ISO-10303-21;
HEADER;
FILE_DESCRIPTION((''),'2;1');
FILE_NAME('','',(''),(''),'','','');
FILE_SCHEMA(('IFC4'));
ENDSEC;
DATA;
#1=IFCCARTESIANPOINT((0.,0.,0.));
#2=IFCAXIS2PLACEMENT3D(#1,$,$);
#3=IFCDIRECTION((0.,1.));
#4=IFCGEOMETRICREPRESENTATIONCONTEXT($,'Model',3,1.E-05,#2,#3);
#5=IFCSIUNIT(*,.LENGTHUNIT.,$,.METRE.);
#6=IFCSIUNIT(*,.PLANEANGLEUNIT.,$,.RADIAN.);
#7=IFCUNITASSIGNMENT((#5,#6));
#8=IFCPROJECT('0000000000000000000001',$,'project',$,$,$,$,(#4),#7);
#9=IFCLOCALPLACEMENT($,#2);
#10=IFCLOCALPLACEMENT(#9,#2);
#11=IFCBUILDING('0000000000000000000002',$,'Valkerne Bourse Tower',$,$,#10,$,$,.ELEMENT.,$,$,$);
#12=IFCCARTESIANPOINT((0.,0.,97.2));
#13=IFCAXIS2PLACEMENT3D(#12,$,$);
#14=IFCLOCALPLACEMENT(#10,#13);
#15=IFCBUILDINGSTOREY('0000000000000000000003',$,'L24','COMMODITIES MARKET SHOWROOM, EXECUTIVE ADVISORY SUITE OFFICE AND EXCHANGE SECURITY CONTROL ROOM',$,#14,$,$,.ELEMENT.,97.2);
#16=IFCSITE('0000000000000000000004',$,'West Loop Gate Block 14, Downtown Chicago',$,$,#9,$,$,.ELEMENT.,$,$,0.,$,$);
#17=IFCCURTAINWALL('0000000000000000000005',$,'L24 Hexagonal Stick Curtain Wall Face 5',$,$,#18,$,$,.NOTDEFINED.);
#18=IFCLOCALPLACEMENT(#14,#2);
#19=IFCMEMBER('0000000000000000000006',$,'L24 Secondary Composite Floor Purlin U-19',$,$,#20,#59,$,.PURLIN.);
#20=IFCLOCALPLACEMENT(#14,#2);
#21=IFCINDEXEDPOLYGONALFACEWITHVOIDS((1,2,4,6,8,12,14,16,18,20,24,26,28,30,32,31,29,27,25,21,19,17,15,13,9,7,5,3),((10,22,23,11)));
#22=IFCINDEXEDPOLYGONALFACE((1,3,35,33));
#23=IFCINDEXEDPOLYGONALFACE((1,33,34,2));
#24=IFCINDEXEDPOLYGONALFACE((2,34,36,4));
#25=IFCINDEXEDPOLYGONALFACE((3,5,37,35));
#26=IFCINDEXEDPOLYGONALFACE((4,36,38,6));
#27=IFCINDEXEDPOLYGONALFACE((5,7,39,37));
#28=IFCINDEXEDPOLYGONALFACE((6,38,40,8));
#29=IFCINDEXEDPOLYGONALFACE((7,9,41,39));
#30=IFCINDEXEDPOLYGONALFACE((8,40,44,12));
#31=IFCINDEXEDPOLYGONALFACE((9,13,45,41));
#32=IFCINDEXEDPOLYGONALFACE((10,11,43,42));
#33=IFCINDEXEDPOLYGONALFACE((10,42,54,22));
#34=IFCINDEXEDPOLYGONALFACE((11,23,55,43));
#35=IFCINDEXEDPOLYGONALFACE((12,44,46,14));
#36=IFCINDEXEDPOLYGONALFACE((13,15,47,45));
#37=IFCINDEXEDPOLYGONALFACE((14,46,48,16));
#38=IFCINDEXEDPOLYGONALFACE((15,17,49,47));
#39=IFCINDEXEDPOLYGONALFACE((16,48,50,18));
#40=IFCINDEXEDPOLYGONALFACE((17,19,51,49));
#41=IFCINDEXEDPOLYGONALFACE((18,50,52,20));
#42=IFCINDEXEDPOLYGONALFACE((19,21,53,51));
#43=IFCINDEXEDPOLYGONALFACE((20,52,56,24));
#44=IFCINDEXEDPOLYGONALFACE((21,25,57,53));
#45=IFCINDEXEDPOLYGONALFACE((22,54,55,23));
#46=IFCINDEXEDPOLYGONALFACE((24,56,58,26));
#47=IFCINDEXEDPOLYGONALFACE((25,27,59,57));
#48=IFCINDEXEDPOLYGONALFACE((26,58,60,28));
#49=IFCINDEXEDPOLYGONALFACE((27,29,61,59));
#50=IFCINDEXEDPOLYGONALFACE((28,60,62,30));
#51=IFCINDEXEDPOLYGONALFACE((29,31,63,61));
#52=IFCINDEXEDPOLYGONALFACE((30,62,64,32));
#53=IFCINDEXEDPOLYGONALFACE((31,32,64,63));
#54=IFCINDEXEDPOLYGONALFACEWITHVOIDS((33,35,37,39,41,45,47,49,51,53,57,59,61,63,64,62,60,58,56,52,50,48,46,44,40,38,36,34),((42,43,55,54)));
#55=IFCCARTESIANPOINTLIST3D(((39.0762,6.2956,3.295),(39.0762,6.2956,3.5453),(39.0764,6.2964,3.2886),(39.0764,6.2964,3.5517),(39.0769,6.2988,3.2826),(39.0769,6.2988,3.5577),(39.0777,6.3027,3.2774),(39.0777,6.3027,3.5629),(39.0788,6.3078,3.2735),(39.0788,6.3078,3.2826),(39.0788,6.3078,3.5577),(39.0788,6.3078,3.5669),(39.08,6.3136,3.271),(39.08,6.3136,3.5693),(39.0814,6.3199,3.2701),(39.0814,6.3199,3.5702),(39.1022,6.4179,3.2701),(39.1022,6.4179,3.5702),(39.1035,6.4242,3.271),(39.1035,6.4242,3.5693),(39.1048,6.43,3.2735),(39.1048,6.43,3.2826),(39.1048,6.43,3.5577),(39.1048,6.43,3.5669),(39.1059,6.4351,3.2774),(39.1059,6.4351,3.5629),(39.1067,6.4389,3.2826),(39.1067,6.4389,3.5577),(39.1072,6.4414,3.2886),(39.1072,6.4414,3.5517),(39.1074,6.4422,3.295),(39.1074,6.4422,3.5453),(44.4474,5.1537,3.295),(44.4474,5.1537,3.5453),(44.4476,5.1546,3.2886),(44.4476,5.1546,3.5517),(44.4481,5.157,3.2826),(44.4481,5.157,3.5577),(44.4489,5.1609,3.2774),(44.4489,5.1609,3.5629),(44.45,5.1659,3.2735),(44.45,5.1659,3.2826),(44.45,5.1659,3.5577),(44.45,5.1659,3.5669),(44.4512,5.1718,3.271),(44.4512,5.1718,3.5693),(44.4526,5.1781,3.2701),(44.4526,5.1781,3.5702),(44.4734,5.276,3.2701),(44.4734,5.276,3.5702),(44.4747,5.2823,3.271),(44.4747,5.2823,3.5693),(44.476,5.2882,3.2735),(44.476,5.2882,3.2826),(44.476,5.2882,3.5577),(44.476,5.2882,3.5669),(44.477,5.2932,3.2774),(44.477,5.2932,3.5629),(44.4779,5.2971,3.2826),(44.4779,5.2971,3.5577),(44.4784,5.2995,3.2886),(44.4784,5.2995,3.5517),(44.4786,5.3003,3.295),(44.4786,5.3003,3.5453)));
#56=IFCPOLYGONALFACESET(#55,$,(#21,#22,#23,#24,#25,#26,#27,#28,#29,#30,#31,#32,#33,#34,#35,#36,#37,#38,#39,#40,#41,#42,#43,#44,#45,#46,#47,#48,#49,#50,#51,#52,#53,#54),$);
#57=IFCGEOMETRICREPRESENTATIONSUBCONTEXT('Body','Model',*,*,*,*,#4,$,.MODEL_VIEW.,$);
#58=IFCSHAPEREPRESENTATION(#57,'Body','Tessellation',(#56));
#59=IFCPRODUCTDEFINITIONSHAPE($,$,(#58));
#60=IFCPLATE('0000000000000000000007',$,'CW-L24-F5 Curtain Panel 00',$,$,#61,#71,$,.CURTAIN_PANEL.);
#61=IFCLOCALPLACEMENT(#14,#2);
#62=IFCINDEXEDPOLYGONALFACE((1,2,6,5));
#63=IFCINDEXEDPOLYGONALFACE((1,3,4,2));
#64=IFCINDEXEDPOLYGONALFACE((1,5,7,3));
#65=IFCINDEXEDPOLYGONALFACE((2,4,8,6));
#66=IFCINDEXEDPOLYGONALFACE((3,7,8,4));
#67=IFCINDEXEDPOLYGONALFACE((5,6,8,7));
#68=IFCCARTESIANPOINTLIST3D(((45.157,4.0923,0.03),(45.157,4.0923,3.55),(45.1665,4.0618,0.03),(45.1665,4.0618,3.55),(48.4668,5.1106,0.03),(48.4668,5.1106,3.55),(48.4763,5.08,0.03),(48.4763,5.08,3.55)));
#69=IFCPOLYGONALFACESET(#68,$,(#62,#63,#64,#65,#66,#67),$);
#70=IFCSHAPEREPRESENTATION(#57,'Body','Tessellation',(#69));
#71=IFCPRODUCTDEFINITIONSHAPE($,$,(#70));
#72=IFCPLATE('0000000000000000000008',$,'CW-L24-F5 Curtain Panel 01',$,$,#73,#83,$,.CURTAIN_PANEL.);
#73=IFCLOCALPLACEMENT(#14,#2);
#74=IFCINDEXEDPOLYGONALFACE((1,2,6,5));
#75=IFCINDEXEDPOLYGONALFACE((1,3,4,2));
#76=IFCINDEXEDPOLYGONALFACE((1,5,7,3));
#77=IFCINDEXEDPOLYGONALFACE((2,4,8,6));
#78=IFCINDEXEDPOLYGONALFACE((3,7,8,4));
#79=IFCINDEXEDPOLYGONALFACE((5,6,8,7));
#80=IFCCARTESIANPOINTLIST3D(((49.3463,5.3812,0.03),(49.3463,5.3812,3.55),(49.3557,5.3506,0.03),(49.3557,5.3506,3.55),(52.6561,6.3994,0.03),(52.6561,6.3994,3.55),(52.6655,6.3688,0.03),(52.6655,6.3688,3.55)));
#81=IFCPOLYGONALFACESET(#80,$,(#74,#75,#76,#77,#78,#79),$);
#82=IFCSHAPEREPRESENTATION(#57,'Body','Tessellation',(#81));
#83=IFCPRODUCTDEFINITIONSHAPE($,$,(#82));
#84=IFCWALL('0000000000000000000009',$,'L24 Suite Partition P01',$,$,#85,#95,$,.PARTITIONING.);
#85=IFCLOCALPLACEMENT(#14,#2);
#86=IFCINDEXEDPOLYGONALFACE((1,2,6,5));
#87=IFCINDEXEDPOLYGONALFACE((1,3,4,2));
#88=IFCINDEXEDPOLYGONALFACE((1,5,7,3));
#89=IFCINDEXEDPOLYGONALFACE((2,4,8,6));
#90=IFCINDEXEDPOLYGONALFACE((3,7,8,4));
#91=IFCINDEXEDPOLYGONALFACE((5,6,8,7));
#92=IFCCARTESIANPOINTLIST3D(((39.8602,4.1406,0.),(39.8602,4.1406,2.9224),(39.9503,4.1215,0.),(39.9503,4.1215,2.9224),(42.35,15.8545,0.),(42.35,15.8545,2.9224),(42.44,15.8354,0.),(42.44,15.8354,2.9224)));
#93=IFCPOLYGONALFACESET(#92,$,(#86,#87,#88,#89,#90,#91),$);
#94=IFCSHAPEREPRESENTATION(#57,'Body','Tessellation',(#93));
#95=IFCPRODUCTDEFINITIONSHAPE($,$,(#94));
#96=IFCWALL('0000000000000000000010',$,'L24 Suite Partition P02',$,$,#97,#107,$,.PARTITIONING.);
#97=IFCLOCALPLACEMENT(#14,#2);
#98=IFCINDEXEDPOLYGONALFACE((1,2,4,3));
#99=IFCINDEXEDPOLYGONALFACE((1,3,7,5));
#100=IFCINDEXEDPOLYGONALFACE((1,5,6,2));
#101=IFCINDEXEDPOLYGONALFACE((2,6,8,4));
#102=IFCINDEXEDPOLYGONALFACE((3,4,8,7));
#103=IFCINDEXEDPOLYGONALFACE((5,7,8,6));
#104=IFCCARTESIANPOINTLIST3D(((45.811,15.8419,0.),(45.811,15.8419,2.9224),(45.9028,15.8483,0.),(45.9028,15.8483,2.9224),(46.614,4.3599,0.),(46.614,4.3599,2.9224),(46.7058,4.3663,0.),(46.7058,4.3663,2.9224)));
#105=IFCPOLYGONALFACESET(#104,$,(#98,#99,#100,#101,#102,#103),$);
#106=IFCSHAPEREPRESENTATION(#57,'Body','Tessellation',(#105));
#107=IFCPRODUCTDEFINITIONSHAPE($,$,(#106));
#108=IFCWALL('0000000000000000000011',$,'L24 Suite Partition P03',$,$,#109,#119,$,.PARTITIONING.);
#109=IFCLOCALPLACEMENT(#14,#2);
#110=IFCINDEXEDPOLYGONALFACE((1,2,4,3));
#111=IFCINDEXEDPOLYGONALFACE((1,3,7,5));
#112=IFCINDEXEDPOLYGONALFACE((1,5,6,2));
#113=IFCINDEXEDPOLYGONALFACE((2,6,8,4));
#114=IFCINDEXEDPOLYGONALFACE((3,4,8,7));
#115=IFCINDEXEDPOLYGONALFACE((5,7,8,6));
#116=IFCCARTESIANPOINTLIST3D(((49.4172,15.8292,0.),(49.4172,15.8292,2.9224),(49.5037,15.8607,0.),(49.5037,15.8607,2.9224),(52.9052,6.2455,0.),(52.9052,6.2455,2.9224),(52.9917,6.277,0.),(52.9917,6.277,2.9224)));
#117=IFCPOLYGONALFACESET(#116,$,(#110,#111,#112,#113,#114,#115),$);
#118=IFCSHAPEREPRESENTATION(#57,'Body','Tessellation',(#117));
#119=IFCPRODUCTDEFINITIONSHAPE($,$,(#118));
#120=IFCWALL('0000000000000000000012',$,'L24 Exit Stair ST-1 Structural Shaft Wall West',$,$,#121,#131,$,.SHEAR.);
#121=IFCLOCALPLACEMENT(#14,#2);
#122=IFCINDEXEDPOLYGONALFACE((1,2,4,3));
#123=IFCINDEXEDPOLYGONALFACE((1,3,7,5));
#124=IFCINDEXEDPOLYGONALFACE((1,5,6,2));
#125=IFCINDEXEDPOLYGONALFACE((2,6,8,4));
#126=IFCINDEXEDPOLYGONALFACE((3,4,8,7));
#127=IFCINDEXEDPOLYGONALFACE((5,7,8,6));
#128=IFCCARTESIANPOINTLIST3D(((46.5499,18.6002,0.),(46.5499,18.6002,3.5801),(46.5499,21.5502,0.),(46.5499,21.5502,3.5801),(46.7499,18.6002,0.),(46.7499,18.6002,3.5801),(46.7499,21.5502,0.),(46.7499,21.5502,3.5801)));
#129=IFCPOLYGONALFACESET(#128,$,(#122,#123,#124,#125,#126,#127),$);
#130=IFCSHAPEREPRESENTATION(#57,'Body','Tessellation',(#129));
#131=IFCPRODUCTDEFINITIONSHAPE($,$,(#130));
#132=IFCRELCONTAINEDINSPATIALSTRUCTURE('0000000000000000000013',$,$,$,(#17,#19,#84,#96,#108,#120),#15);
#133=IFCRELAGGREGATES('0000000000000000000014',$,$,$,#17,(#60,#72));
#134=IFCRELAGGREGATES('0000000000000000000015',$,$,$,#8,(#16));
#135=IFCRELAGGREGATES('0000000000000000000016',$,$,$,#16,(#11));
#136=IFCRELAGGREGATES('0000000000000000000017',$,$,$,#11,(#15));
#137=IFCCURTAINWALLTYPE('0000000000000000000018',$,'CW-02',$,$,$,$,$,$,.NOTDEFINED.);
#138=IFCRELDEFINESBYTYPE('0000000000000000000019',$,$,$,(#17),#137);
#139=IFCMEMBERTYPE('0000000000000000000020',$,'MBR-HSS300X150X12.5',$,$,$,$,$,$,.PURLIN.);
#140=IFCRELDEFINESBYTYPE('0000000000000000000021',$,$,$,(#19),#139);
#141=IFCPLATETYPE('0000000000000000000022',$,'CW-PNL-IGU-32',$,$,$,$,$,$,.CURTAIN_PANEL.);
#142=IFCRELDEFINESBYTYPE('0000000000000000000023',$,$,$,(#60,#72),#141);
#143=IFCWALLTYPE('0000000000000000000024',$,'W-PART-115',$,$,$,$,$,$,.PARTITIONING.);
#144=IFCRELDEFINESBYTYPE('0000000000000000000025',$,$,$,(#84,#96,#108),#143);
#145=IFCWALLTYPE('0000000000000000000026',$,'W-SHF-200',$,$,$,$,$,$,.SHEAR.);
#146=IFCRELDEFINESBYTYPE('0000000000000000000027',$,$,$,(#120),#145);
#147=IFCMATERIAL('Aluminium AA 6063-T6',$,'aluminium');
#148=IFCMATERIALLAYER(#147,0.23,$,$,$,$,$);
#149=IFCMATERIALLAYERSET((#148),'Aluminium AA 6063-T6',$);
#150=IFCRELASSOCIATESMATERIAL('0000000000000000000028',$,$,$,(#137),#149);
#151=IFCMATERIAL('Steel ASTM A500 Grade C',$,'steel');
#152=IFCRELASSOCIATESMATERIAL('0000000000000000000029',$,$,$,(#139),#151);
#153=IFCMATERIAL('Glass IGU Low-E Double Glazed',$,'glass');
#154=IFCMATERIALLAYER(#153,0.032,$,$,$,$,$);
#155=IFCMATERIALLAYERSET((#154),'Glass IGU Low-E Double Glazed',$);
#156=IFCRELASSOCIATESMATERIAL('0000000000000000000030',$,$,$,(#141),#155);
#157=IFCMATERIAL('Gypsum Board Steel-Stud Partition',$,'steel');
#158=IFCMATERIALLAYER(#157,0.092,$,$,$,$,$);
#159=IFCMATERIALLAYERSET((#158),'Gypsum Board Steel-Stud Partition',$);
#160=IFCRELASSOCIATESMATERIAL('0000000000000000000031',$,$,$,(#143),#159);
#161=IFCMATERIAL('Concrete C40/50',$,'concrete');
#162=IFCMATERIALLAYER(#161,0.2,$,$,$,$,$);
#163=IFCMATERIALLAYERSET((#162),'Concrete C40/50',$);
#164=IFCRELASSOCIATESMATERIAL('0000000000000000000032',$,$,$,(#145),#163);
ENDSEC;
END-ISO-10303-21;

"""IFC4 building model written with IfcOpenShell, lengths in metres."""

from ifc_helpers import new_model, si_unit, direction, frame, frame_2d, origin, origin_2d, place, context, subcontext, project, spatial, rectangle, hollow_rectangle, extrude, material, layer, layer_set, material_profile, profile_set, type_object, element, aggregate, save


model = new_model("IFC4")

# Units and contexts
model_context = context("Model", 3, precision=1e-05, world=origin(), true_north=direction((0.0, 1.0)))
body_context = subcontext(model_context, "Body", "Model", "MODEL_VIEW")
ifc_project = project(units=[si_unit("LENGTHUNIT", "METRE"), si_unit("PLANEANGLEUNIT", "RADIAN")], contexts=[model_context])

# Site, building, storey
site_placement = place(None, origin())
site = spatial("IfcSite", under=ifc_project, at=site_placement, Name="West Loop Gate Block 14, Downtown Chicago", CompositionType="ELEMENT", RefElevation=0.0)
building_placement = place(site_placement, origin())
building = spatial("IfcBuilding", under=site, at=building_placement, Name="Valkerne Bourse Tower", CompositionType="ELEMENT")
storey_placement = place(building_placement, frame((0.0, 0.0, 97.2)))
storey = spatial("IfcBuildingStorey", under=building, at=storey_placement, Name="L24", Description="COMMODITIES MARKET SHOWROOM, EXECUTIVE ADVISORY SUITE OFFICE AND EXCHANGE SECURITY CONTROL ROOM", CompositionType="ELEMENT", Elevation=97.2)

# Curtain wall
ifc_material_1 = material(Name="Aluminium AA 6063-T6", Category="aluminium")
ifc_layer_1 = layer(ifc_material_1, 0.23)
ifc_layer_set_1 = layer_set([ifc_layer_1], Name="Aluminium AA 6063-T6")
curtain_wall_type = type_object("IfcCurtainWallType", Name="CW-02", PredefinedType="NOTDEFINED", material=ifc_layer_set_1)
curtain_wall_placement = place(storey_placement, origin())
curtain_wall = element("IfcCurtainWall", 1, at=curtain_wall_placement, inside=storey, type_object=curtain_wall_type, Name="L24 Hexagonal Stick Curtain Wall Face 5", PredefinedType="NOTDEFINED")

# Member
ifc_material_2 = material(Name="Steel ASTM A500 Grade C", Category="steel")
ifc_material_profile_1 = material_profile(ifc_material_2, hollow_rectangle(XDim=0.1499, YDim=0.3, WallThickness=0.0125, OuterFilletRadius=0.0249, at=origin_2d()), Name="HSS300X150X12.5")
ifc_profile_set_1 = profile_set([ifc_material_profile_1], Name="Steel ASTM A500 Grade C")
member_type_1 = type_object("IfcMemberType", Name="MBR-HSS300X150X12.5", PredefinedType="PURLIN", material=ifc_profile_set_1)
member_1_placement = place(storey_placement, frame((39.0918, 6.3689, 3.4202), z_axis=(0.978141, -0.207944, 0.0), x_axis=(0.207944, 0.978141, 0.0)))
element("IfcMember", 2, at=member_1_placement, inside=storey, type_object=member_type_1, Name="L24 Secondary Composite Floor Purlin U-19", PredefinedType="PURLIN", context=body_context, shape_type="SweptSolid", body=[
    extrude(hollow_rectangle(XDim=0.1499, YDim=0.3, WallThickness=0.0125, OuterFilletRadius=0.0249, at=origin_2d()), origin(), (0.0, 0.0, 1.0), 5.4912),
])

# Plates
ifc_material_3 = material(Name="Glass IGU Low-E Double Glazed", Category="glass")
ifc_layer_2 = layer(ifc_material_3, 0.032)
ifc_layer_set_2 = layer_set([ifc_layer_2], Name="Glass IGU Low-E Double Glazed")
plate_type = type_object("IfcPlateType", Name="CW-PNL-IGU-32", PredefinedType="CURTAIN_PANEL", material=ifc_layer_set_2)
plate_1_placement = place(storey_placement, frame((46.8167, 4.5862, 0.03), z_axis=(0.0, 0.0, 1.0), x_axis=(0.955791, 0.294047, 0.0)))
plate_1 = element("IfcPlate", 3, at=plate_1_placement, type_object=plate_type, Name="CW-L24-F5 Curtain Panel 00", PredefinedType="CURTAIN_PANEL", context=body_context, shape_type="SweptSolid", body=[
    extrude(rectangle(XDim=3.4629, YDim=0.032, at=origin_2d()), origin(), (0.0, 0.0, 1.0), 3.52),
])
plate_2_placement = place(storey_placement, frame((51.0059, 5.875, 0.03), z_axis=(0.0, 0.0, 1.0), x_axis=(0.955791, 0.294047, 0.0)))
plate_2 = element("IfcPlate", 4, at=plate_2_placement, type_object=plate_type, Name="CW-L24-F5 Curtain Panel 01", PredefinedType="CURTAIN_PANEL", context=body_context, shape_type="SweptSolid", body=[
    extrude(rectangle(XDim=3.4629, YDim=0.032, at=origin_2d()), origin(), (0.0, 0.0, 1.0), 3.52),
])
aggregate(curtain_wall, [plate_1, plate_2])

# Walls
ifc_material_4 = material(Name="Gypsum Board Steel-Stud Partition", Category="steel")
ifc_layer_3 = layer(ifc_material_4, 0.092)
ifc_layer_set_3 = layer_set([ifc_layer_3], Name="Gypsum Board Steel-Stud Partition")
wall_type_1 = type_object("IfcWallType", Name="W-PART-115", PredefinedType="PARTITIONING", material=ifc_layer_set_3)
wall_1_placement = place(storey_placement, frame((42.395, 15.845, 0.0), z_axis=(0.0, 0.0, 1.0), x_axis=(-0.207903, -0.97815, 0.0)))
element("IfcWall", 5, at=wall_1_placement, inside=storey, type_object=wall_type_1, Name="L24 Suite Partition P01", PredefinedType="PARTITIONING", context=body_context, shape_type="SweptSolid", body=[
    extrude(rectangle(XDim=11.9756, YDim=0.092, at=frame_2d((5.9878, 0.0))), origin(), (0.0, 0.0, 1.0), 2.9224),
])
wall_2_placement = place(storey_placement, frame((45.8569, 15.845, 0.0), z_axis=(0.0, 0.0, 1.0), x_axis=(0.069764, -0.997564, 0.0)))
element("IfcWall", 6, at=wall_2_placement, inside=storey, type_object=wall_type_1, Name="L24 Suite Partition P02", PredefinedType="PARTITIONING", context=body_context, shape_type="SweptSolid", body=[
    extrude(rectangle(XDim=11.51, YDim=0.092, at=frame_2d((5.7549, 0.0))), origin(), (0.0, 0.0, 1.0), 2.9224),
])
wall_3_placement = place(storey_placement, frame((49.4604, 15.845, 0.0), z_axis=(0.0, 0.0, 1.0), x_axis=(0.342006, -0.939698, 0.0)))
element("IfcWall", 7, at=wall_3_placement, inside=storey, type_object=wall_type_1, Name="L24 Suite Partition P03", PredefinedType="PARTITIONING", context=body_context, shape_type="SweptSolid", body=[
    extrude(rectangle(XDim=10.1987, YDim=0.092, at=frame_2d((5.0994, 0.0))), origin(), (0.0, 0.0, 1.0), 2.9224),
])
ifc_material_5 = material(Name="Concrete C40/50", Category="concrete")
ifc_layer_4 = layer(ifc_material_5, 0.2)
ifc_layer_set_4 = layer_set([ifc_layer_4], Name="Concrete C40/50")
wall_type_2 = type_object("IfcWallType", Name="W-SHF-200", PredefinedType="SHEAR", material=ifc_layer_set_4)
wall_4_placement = place(storey_placement, frame((46.6499, 18.6001, 0.0), z_axis=(0.0, 0.0, 1.0), x_axis=(0.0, 1.0, 0.0)))
element("IfcWall", 8, at=wall_4_placement, inside=storey, type_object=wall_type_2, Name="L24 Exit Stair ST-1 Structural Shaft Wall West", PredefinedType="SHEAR", context=body_context, shape_type="SweptSolid", body=[
    extrude(rectangle(XDim=2.95, YDim=0.2, at=frame_2d((1.4751, 0.0))), origin(), (0.0, 0.0, 1.0), 3.5801),
])

save(model, "model.ifc")
